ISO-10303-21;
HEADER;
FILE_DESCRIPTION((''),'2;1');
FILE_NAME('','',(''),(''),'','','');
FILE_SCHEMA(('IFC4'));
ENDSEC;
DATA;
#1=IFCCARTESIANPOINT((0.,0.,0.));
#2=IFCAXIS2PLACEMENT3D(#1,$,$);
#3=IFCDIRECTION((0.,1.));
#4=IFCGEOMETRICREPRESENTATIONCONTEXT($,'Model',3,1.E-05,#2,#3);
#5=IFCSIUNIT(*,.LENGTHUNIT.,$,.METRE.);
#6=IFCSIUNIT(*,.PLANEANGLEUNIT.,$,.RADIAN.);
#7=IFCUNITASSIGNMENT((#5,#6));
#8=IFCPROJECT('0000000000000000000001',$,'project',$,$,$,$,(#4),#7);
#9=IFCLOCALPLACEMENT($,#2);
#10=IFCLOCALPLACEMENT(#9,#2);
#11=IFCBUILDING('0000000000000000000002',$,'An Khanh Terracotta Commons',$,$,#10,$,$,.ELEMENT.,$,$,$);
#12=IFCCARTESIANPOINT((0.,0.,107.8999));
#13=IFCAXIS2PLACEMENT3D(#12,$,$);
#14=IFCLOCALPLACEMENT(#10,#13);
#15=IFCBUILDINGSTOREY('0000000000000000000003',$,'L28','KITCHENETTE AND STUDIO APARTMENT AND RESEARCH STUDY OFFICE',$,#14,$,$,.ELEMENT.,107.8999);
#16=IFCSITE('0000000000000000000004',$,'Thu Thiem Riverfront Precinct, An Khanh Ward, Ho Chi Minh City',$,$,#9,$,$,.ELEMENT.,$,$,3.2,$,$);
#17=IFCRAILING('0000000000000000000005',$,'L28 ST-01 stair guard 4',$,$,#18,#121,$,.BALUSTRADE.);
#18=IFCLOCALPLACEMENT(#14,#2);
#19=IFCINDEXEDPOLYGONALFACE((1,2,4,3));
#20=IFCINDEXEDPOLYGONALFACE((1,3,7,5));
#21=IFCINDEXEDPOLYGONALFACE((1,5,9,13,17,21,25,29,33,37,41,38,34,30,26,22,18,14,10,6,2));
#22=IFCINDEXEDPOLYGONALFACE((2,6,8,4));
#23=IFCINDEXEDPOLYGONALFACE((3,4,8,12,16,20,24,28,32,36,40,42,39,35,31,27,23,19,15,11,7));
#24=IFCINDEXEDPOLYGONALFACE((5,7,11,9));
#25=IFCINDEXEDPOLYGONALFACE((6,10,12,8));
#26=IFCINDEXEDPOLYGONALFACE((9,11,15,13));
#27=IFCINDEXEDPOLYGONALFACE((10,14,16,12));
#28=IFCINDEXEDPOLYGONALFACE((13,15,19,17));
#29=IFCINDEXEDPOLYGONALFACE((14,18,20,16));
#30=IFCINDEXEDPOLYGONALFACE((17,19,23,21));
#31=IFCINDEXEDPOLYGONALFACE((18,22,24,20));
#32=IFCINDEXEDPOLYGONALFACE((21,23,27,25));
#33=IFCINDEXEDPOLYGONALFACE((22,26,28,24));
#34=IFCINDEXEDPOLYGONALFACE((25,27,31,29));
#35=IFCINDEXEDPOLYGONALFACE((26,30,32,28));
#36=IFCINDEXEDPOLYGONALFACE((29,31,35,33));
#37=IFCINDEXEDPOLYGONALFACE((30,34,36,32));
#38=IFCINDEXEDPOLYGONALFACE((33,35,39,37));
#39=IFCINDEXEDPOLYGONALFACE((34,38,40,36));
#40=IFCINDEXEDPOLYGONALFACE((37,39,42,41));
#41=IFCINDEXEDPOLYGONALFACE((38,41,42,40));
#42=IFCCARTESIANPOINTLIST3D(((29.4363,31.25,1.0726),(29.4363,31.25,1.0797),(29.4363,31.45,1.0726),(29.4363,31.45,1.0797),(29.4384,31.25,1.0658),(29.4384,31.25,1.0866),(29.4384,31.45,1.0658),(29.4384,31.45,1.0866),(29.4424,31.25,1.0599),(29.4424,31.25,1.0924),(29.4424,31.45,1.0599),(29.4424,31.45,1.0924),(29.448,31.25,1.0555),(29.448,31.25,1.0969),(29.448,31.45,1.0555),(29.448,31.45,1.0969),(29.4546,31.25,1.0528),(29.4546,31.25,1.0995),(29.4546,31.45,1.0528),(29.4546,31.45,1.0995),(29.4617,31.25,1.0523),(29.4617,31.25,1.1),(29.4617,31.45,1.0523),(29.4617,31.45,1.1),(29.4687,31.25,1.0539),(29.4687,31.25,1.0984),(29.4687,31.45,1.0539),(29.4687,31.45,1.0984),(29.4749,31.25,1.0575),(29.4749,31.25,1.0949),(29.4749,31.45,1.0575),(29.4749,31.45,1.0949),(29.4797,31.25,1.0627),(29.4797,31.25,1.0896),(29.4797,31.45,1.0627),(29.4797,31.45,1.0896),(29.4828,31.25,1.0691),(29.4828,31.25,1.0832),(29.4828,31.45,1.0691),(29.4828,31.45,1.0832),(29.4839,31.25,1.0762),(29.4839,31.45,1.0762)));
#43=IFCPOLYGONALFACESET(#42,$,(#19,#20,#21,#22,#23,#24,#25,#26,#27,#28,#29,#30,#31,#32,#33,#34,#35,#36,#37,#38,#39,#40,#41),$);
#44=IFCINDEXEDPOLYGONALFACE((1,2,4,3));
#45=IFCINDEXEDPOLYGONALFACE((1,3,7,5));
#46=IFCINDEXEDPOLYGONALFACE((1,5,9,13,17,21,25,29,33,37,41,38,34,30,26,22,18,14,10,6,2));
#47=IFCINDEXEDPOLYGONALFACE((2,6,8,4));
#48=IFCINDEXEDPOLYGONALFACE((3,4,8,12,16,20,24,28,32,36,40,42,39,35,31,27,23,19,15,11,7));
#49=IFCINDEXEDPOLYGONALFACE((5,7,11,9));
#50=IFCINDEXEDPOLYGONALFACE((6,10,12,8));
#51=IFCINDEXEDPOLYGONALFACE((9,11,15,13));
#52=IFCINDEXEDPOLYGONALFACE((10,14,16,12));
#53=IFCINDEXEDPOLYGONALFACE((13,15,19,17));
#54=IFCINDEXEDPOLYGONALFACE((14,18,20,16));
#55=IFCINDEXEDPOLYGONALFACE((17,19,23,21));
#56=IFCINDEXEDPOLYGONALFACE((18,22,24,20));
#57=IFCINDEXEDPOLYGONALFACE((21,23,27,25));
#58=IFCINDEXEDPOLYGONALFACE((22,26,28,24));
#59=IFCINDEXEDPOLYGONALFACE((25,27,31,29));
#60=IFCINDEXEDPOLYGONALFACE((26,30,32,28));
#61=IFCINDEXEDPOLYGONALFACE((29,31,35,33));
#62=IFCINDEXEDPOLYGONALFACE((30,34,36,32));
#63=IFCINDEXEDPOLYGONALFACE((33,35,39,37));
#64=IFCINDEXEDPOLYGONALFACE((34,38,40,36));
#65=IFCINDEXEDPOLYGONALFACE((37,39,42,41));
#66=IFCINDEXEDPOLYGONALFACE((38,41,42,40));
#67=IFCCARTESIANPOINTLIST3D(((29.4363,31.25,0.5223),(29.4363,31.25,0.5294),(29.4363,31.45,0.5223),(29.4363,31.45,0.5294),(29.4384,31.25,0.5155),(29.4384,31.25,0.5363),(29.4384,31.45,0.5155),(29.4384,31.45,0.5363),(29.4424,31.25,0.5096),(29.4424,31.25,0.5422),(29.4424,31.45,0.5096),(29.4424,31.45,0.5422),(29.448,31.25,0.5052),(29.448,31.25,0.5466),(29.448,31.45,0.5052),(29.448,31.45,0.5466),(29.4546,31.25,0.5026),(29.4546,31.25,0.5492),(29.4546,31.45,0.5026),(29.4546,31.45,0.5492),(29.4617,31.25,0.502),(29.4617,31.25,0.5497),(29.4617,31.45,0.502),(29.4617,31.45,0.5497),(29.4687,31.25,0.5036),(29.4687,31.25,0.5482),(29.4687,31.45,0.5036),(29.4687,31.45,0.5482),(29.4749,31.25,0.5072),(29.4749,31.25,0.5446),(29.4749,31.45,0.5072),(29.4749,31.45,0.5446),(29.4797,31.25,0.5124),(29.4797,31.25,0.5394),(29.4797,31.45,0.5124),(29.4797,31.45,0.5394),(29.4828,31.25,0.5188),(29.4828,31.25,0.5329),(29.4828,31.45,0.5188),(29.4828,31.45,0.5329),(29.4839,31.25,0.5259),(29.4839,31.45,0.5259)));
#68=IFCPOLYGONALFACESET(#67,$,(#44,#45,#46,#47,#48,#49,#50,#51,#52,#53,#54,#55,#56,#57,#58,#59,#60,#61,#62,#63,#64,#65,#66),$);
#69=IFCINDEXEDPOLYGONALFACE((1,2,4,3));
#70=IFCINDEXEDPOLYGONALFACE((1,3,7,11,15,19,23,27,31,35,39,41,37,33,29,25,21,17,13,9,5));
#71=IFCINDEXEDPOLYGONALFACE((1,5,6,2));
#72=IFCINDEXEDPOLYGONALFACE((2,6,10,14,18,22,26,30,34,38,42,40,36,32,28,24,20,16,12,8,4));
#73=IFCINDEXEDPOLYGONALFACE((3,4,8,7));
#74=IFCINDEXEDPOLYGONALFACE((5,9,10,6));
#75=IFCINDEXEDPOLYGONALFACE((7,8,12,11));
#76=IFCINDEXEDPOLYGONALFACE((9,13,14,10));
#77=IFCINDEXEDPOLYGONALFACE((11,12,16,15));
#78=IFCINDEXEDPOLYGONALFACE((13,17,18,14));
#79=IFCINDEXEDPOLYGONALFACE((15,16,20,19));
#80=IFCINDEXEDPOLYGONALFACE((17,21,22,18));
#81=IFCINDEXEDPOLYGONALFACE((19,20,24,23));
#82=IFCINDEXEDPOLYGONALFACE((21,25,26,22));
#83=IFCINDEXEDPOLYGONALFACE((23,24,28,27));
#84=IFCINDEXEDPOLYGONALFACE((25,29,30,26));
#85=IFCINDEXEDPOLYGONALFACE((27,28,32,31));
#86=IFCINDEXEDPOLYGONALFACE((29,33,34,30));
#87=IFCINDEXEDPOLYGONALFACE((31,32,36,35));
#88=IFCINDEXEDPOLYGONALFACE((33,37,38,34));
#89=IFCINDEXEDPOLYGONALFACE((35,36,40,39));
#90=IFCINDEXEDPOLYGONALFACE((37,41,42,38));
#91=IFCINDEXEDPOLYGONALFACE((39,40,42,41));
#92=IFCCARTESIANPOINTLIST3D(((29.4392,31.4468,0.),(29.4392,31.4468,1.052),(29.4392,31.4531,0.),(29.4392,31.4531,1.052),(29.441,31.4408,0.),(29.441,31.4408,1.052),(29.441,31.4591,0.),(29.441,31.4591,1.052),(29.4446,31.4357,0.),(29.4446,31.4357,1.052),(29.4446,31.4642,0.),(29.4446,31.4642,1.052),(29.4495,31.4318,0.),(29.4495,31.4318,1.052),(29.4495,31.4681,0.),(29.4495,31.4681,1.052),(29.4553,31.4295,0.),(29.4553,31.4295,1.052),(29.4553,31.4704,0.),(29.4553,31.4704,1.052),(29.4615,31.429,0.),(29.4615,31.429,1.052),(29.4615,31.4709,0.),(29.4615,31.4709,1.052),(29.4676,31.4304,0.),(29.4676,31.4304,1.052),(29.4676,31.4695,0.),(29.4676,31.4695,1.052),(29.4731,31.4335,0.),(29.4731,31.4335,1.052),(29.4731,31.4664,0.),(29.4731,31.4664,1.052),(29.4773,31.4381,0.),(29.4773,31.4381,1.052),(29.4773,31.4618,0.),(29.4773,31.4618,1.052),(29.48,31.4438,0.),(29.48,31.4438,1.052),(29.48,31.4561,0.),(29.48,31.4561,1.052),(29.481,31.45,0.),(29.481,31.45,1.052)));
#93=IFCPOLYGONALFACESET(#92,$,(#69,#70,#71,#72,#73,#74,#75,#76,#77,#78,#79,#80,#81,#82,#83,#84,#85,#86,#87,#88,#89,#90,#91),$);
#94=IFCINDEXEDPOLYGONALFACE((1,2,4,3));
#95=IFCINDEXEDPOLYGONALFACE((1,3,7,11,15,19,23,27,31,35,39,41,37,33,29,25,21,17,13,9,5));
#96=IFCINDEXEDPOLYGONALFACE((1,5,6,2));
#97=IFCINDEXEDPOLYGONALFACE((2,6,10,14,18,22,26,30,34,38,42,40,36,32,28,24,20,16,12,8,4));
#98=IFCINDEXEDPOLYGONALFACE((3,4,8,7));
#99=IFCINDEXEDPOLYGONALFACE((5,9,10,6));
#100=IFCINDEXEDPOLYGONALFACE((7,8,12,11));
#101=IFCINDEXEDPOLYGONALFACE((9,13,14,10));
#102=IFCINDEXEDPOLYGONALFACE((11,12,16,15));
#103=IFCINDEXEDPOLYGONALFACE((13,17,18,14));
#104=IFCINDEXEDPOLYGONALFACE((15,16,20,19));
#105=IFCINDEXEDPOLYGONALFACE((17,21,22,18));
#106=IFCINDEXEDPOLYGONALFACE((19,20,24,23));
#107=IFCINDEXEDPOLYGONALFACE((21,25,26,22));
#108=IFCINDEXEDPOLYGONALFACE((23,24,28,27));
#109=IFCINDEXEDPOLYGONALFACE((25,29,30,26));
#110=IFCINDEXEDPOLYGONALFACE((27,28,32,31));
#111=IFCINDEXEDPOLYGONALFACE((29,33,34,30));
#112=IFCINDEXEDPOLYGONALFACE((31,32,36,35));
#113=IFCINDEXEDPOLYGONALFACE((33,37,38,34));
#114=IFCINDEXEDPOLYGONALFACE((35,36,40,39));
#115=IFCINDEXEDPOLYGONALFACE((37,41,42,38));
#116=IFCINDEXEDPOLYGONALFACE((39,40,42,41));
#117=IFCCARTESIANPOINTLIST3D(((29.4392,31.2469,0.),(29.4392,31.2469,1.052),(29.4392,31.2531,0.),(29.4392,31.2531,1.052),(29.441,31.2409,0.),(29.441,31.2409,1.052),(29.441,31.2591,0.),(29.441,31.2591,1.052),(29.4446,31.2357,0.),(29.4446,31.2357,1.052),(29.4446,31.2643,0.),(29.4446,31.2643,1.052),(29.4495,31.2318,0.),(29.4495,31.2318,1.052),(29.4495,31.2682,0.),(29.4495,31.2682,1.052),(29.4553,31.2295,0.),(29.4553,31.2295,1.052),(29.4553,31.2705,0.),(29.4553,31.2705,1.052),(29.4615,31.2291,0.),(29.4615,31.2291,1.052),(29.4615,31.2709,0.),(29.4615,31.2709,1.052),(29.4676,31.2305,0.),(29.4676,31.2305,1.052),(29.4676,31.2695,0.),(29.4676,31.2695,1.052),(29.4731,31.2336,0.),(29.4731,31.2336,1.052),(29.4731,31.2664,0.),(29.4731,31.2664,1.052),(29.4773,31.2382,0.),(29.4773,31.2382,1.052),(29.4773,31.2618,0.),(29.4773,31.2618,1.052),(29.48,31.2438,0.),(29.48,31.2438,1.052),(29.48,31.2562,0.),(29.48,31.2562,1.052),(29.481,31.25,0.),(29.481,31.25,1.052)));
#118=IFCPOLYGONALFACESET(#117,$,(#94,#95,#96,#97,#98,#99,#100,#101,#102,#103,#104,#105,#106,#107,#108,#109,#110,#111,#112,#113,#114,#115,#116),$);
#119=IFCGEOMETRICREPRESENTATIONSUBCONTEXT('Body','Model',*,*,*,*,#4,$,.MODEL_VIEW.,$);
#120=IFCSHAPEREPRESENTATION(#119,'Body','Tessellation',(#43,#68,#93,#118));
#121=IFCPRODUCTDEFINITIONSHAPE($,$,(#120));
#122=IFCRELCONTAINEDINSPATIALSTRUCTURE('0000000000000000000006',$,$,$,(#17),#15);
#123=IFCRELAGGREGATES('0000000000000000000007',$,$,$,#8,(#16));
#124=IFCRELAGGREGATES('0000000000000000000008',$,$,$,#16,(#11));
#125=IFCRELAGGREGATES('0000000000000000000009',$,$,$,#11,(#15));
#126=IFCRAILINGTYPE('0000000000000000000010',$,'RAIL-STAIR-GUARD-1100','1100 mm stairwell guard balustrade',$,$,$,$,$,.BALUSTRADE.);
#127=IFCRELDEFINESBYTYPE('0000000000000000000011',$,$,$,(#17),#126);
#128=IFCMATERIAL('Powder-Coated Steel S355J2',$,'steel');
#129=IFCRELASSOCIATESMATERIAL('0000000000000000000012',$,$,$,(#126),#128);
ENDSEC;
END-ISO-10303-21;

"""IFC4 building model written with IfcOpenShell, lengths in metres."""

from ifc_helpers import new_model, si_unit, direction, frame, origin, origin_2d, place, context, subcontext, project, spatial, circle, extrude, material, type_object, element, save


model = new_model("IFC4")

# Units and contexts
model_context = context("Model", 3, precision=1e-05, world=origin(), true_north=direction((0.0, 1.0)))
body_context = subcontext(model_context, "Body", "Model", "MODEL_VIEW")
ifc_project = project(units=[si_unit("LENGTHUNIT", "METRE"), si_unit("PLANEANGLEUNIT", "RADIAN")], contexts=[model_context])

# Site, building, storey
site_placement = place(None, origin())
site = spatial("IfcSite", under=ifc_project, at=site_placement, Name="Thu Thiem Riverfront Precinct, An Khanh Ward, Ho Chi Minh City", CompositionType="ELEMENT", RefElevation=3.2)
building_placement = place(site_placement, origin())
building = spatial("IfcBuilding", under=site, at=building_placement, Name="An Khanh Terracotta Commons", CompositionType="ELEMENT")
storey_placement = place(building_placement, frame((0.0, 0.0, 107.8999)))
storey = spatial("IfcBuildingStorey", under=building, at=storey_placement, Name="L28", Description="KITCHENETTE AND STUDIO APARTMENT AND RESEARCH STUDY OFFICE", CompositionType="ELEMENT", Elevation=107.8999)

# Railing
ifc_material_1 = material(Name="Powder-Coated Steel S355J2", Category="steel")
railing_type_1 = type_object("IfcRailingType", Name="RAIL-STAIR-GUARD-1100", Description="1100 mm stairwell guard balustrade", PredefinedType="BALUSTRADE", material=ifc_material_1)
railing_1_placement = place(storey_placement, frame((29.46, 31.45, 0.0)))
element("IfcRailing", 1, at=railing_1_placement, inside=storey, type_object=railing_type_1, Name="L28 ST-01 stair guard 4", PredefinedType="BALUSTRADE", context=body_context, shape_type="SweptSolid", body=[
    extrude(circle(Radius=0.0239, at=origin_2d()), frame((0.0, 0.0, 1.0762), z_axis=(0.0, -1.0, 0.0), x_axis=(1.0, 0.0, 0.0)), (0.0, 0.0, 1.0), 0.2),
    extrude(circle(Radius=0.0239, at=origin_2d()), frame((0.0, 0.0, 0.5259), z_axis=(0.0, -1.0, 0.0), x_axis=(1.0, 0.0, 0.0)), (0.0, 0.0, 1.0), 0.2),
    extrude(circle(Radius=0.021, at=origin_2d()), origin(), (0.0, 0.0, 1.0), 1.052),
    extrude(circle(Radius=0.021, at=origin_2d()), frame((0.0, -0.2, 0.0)), (0.0, 0.0, 1.0), 1.052),
])

save(model, "model.ifc")
